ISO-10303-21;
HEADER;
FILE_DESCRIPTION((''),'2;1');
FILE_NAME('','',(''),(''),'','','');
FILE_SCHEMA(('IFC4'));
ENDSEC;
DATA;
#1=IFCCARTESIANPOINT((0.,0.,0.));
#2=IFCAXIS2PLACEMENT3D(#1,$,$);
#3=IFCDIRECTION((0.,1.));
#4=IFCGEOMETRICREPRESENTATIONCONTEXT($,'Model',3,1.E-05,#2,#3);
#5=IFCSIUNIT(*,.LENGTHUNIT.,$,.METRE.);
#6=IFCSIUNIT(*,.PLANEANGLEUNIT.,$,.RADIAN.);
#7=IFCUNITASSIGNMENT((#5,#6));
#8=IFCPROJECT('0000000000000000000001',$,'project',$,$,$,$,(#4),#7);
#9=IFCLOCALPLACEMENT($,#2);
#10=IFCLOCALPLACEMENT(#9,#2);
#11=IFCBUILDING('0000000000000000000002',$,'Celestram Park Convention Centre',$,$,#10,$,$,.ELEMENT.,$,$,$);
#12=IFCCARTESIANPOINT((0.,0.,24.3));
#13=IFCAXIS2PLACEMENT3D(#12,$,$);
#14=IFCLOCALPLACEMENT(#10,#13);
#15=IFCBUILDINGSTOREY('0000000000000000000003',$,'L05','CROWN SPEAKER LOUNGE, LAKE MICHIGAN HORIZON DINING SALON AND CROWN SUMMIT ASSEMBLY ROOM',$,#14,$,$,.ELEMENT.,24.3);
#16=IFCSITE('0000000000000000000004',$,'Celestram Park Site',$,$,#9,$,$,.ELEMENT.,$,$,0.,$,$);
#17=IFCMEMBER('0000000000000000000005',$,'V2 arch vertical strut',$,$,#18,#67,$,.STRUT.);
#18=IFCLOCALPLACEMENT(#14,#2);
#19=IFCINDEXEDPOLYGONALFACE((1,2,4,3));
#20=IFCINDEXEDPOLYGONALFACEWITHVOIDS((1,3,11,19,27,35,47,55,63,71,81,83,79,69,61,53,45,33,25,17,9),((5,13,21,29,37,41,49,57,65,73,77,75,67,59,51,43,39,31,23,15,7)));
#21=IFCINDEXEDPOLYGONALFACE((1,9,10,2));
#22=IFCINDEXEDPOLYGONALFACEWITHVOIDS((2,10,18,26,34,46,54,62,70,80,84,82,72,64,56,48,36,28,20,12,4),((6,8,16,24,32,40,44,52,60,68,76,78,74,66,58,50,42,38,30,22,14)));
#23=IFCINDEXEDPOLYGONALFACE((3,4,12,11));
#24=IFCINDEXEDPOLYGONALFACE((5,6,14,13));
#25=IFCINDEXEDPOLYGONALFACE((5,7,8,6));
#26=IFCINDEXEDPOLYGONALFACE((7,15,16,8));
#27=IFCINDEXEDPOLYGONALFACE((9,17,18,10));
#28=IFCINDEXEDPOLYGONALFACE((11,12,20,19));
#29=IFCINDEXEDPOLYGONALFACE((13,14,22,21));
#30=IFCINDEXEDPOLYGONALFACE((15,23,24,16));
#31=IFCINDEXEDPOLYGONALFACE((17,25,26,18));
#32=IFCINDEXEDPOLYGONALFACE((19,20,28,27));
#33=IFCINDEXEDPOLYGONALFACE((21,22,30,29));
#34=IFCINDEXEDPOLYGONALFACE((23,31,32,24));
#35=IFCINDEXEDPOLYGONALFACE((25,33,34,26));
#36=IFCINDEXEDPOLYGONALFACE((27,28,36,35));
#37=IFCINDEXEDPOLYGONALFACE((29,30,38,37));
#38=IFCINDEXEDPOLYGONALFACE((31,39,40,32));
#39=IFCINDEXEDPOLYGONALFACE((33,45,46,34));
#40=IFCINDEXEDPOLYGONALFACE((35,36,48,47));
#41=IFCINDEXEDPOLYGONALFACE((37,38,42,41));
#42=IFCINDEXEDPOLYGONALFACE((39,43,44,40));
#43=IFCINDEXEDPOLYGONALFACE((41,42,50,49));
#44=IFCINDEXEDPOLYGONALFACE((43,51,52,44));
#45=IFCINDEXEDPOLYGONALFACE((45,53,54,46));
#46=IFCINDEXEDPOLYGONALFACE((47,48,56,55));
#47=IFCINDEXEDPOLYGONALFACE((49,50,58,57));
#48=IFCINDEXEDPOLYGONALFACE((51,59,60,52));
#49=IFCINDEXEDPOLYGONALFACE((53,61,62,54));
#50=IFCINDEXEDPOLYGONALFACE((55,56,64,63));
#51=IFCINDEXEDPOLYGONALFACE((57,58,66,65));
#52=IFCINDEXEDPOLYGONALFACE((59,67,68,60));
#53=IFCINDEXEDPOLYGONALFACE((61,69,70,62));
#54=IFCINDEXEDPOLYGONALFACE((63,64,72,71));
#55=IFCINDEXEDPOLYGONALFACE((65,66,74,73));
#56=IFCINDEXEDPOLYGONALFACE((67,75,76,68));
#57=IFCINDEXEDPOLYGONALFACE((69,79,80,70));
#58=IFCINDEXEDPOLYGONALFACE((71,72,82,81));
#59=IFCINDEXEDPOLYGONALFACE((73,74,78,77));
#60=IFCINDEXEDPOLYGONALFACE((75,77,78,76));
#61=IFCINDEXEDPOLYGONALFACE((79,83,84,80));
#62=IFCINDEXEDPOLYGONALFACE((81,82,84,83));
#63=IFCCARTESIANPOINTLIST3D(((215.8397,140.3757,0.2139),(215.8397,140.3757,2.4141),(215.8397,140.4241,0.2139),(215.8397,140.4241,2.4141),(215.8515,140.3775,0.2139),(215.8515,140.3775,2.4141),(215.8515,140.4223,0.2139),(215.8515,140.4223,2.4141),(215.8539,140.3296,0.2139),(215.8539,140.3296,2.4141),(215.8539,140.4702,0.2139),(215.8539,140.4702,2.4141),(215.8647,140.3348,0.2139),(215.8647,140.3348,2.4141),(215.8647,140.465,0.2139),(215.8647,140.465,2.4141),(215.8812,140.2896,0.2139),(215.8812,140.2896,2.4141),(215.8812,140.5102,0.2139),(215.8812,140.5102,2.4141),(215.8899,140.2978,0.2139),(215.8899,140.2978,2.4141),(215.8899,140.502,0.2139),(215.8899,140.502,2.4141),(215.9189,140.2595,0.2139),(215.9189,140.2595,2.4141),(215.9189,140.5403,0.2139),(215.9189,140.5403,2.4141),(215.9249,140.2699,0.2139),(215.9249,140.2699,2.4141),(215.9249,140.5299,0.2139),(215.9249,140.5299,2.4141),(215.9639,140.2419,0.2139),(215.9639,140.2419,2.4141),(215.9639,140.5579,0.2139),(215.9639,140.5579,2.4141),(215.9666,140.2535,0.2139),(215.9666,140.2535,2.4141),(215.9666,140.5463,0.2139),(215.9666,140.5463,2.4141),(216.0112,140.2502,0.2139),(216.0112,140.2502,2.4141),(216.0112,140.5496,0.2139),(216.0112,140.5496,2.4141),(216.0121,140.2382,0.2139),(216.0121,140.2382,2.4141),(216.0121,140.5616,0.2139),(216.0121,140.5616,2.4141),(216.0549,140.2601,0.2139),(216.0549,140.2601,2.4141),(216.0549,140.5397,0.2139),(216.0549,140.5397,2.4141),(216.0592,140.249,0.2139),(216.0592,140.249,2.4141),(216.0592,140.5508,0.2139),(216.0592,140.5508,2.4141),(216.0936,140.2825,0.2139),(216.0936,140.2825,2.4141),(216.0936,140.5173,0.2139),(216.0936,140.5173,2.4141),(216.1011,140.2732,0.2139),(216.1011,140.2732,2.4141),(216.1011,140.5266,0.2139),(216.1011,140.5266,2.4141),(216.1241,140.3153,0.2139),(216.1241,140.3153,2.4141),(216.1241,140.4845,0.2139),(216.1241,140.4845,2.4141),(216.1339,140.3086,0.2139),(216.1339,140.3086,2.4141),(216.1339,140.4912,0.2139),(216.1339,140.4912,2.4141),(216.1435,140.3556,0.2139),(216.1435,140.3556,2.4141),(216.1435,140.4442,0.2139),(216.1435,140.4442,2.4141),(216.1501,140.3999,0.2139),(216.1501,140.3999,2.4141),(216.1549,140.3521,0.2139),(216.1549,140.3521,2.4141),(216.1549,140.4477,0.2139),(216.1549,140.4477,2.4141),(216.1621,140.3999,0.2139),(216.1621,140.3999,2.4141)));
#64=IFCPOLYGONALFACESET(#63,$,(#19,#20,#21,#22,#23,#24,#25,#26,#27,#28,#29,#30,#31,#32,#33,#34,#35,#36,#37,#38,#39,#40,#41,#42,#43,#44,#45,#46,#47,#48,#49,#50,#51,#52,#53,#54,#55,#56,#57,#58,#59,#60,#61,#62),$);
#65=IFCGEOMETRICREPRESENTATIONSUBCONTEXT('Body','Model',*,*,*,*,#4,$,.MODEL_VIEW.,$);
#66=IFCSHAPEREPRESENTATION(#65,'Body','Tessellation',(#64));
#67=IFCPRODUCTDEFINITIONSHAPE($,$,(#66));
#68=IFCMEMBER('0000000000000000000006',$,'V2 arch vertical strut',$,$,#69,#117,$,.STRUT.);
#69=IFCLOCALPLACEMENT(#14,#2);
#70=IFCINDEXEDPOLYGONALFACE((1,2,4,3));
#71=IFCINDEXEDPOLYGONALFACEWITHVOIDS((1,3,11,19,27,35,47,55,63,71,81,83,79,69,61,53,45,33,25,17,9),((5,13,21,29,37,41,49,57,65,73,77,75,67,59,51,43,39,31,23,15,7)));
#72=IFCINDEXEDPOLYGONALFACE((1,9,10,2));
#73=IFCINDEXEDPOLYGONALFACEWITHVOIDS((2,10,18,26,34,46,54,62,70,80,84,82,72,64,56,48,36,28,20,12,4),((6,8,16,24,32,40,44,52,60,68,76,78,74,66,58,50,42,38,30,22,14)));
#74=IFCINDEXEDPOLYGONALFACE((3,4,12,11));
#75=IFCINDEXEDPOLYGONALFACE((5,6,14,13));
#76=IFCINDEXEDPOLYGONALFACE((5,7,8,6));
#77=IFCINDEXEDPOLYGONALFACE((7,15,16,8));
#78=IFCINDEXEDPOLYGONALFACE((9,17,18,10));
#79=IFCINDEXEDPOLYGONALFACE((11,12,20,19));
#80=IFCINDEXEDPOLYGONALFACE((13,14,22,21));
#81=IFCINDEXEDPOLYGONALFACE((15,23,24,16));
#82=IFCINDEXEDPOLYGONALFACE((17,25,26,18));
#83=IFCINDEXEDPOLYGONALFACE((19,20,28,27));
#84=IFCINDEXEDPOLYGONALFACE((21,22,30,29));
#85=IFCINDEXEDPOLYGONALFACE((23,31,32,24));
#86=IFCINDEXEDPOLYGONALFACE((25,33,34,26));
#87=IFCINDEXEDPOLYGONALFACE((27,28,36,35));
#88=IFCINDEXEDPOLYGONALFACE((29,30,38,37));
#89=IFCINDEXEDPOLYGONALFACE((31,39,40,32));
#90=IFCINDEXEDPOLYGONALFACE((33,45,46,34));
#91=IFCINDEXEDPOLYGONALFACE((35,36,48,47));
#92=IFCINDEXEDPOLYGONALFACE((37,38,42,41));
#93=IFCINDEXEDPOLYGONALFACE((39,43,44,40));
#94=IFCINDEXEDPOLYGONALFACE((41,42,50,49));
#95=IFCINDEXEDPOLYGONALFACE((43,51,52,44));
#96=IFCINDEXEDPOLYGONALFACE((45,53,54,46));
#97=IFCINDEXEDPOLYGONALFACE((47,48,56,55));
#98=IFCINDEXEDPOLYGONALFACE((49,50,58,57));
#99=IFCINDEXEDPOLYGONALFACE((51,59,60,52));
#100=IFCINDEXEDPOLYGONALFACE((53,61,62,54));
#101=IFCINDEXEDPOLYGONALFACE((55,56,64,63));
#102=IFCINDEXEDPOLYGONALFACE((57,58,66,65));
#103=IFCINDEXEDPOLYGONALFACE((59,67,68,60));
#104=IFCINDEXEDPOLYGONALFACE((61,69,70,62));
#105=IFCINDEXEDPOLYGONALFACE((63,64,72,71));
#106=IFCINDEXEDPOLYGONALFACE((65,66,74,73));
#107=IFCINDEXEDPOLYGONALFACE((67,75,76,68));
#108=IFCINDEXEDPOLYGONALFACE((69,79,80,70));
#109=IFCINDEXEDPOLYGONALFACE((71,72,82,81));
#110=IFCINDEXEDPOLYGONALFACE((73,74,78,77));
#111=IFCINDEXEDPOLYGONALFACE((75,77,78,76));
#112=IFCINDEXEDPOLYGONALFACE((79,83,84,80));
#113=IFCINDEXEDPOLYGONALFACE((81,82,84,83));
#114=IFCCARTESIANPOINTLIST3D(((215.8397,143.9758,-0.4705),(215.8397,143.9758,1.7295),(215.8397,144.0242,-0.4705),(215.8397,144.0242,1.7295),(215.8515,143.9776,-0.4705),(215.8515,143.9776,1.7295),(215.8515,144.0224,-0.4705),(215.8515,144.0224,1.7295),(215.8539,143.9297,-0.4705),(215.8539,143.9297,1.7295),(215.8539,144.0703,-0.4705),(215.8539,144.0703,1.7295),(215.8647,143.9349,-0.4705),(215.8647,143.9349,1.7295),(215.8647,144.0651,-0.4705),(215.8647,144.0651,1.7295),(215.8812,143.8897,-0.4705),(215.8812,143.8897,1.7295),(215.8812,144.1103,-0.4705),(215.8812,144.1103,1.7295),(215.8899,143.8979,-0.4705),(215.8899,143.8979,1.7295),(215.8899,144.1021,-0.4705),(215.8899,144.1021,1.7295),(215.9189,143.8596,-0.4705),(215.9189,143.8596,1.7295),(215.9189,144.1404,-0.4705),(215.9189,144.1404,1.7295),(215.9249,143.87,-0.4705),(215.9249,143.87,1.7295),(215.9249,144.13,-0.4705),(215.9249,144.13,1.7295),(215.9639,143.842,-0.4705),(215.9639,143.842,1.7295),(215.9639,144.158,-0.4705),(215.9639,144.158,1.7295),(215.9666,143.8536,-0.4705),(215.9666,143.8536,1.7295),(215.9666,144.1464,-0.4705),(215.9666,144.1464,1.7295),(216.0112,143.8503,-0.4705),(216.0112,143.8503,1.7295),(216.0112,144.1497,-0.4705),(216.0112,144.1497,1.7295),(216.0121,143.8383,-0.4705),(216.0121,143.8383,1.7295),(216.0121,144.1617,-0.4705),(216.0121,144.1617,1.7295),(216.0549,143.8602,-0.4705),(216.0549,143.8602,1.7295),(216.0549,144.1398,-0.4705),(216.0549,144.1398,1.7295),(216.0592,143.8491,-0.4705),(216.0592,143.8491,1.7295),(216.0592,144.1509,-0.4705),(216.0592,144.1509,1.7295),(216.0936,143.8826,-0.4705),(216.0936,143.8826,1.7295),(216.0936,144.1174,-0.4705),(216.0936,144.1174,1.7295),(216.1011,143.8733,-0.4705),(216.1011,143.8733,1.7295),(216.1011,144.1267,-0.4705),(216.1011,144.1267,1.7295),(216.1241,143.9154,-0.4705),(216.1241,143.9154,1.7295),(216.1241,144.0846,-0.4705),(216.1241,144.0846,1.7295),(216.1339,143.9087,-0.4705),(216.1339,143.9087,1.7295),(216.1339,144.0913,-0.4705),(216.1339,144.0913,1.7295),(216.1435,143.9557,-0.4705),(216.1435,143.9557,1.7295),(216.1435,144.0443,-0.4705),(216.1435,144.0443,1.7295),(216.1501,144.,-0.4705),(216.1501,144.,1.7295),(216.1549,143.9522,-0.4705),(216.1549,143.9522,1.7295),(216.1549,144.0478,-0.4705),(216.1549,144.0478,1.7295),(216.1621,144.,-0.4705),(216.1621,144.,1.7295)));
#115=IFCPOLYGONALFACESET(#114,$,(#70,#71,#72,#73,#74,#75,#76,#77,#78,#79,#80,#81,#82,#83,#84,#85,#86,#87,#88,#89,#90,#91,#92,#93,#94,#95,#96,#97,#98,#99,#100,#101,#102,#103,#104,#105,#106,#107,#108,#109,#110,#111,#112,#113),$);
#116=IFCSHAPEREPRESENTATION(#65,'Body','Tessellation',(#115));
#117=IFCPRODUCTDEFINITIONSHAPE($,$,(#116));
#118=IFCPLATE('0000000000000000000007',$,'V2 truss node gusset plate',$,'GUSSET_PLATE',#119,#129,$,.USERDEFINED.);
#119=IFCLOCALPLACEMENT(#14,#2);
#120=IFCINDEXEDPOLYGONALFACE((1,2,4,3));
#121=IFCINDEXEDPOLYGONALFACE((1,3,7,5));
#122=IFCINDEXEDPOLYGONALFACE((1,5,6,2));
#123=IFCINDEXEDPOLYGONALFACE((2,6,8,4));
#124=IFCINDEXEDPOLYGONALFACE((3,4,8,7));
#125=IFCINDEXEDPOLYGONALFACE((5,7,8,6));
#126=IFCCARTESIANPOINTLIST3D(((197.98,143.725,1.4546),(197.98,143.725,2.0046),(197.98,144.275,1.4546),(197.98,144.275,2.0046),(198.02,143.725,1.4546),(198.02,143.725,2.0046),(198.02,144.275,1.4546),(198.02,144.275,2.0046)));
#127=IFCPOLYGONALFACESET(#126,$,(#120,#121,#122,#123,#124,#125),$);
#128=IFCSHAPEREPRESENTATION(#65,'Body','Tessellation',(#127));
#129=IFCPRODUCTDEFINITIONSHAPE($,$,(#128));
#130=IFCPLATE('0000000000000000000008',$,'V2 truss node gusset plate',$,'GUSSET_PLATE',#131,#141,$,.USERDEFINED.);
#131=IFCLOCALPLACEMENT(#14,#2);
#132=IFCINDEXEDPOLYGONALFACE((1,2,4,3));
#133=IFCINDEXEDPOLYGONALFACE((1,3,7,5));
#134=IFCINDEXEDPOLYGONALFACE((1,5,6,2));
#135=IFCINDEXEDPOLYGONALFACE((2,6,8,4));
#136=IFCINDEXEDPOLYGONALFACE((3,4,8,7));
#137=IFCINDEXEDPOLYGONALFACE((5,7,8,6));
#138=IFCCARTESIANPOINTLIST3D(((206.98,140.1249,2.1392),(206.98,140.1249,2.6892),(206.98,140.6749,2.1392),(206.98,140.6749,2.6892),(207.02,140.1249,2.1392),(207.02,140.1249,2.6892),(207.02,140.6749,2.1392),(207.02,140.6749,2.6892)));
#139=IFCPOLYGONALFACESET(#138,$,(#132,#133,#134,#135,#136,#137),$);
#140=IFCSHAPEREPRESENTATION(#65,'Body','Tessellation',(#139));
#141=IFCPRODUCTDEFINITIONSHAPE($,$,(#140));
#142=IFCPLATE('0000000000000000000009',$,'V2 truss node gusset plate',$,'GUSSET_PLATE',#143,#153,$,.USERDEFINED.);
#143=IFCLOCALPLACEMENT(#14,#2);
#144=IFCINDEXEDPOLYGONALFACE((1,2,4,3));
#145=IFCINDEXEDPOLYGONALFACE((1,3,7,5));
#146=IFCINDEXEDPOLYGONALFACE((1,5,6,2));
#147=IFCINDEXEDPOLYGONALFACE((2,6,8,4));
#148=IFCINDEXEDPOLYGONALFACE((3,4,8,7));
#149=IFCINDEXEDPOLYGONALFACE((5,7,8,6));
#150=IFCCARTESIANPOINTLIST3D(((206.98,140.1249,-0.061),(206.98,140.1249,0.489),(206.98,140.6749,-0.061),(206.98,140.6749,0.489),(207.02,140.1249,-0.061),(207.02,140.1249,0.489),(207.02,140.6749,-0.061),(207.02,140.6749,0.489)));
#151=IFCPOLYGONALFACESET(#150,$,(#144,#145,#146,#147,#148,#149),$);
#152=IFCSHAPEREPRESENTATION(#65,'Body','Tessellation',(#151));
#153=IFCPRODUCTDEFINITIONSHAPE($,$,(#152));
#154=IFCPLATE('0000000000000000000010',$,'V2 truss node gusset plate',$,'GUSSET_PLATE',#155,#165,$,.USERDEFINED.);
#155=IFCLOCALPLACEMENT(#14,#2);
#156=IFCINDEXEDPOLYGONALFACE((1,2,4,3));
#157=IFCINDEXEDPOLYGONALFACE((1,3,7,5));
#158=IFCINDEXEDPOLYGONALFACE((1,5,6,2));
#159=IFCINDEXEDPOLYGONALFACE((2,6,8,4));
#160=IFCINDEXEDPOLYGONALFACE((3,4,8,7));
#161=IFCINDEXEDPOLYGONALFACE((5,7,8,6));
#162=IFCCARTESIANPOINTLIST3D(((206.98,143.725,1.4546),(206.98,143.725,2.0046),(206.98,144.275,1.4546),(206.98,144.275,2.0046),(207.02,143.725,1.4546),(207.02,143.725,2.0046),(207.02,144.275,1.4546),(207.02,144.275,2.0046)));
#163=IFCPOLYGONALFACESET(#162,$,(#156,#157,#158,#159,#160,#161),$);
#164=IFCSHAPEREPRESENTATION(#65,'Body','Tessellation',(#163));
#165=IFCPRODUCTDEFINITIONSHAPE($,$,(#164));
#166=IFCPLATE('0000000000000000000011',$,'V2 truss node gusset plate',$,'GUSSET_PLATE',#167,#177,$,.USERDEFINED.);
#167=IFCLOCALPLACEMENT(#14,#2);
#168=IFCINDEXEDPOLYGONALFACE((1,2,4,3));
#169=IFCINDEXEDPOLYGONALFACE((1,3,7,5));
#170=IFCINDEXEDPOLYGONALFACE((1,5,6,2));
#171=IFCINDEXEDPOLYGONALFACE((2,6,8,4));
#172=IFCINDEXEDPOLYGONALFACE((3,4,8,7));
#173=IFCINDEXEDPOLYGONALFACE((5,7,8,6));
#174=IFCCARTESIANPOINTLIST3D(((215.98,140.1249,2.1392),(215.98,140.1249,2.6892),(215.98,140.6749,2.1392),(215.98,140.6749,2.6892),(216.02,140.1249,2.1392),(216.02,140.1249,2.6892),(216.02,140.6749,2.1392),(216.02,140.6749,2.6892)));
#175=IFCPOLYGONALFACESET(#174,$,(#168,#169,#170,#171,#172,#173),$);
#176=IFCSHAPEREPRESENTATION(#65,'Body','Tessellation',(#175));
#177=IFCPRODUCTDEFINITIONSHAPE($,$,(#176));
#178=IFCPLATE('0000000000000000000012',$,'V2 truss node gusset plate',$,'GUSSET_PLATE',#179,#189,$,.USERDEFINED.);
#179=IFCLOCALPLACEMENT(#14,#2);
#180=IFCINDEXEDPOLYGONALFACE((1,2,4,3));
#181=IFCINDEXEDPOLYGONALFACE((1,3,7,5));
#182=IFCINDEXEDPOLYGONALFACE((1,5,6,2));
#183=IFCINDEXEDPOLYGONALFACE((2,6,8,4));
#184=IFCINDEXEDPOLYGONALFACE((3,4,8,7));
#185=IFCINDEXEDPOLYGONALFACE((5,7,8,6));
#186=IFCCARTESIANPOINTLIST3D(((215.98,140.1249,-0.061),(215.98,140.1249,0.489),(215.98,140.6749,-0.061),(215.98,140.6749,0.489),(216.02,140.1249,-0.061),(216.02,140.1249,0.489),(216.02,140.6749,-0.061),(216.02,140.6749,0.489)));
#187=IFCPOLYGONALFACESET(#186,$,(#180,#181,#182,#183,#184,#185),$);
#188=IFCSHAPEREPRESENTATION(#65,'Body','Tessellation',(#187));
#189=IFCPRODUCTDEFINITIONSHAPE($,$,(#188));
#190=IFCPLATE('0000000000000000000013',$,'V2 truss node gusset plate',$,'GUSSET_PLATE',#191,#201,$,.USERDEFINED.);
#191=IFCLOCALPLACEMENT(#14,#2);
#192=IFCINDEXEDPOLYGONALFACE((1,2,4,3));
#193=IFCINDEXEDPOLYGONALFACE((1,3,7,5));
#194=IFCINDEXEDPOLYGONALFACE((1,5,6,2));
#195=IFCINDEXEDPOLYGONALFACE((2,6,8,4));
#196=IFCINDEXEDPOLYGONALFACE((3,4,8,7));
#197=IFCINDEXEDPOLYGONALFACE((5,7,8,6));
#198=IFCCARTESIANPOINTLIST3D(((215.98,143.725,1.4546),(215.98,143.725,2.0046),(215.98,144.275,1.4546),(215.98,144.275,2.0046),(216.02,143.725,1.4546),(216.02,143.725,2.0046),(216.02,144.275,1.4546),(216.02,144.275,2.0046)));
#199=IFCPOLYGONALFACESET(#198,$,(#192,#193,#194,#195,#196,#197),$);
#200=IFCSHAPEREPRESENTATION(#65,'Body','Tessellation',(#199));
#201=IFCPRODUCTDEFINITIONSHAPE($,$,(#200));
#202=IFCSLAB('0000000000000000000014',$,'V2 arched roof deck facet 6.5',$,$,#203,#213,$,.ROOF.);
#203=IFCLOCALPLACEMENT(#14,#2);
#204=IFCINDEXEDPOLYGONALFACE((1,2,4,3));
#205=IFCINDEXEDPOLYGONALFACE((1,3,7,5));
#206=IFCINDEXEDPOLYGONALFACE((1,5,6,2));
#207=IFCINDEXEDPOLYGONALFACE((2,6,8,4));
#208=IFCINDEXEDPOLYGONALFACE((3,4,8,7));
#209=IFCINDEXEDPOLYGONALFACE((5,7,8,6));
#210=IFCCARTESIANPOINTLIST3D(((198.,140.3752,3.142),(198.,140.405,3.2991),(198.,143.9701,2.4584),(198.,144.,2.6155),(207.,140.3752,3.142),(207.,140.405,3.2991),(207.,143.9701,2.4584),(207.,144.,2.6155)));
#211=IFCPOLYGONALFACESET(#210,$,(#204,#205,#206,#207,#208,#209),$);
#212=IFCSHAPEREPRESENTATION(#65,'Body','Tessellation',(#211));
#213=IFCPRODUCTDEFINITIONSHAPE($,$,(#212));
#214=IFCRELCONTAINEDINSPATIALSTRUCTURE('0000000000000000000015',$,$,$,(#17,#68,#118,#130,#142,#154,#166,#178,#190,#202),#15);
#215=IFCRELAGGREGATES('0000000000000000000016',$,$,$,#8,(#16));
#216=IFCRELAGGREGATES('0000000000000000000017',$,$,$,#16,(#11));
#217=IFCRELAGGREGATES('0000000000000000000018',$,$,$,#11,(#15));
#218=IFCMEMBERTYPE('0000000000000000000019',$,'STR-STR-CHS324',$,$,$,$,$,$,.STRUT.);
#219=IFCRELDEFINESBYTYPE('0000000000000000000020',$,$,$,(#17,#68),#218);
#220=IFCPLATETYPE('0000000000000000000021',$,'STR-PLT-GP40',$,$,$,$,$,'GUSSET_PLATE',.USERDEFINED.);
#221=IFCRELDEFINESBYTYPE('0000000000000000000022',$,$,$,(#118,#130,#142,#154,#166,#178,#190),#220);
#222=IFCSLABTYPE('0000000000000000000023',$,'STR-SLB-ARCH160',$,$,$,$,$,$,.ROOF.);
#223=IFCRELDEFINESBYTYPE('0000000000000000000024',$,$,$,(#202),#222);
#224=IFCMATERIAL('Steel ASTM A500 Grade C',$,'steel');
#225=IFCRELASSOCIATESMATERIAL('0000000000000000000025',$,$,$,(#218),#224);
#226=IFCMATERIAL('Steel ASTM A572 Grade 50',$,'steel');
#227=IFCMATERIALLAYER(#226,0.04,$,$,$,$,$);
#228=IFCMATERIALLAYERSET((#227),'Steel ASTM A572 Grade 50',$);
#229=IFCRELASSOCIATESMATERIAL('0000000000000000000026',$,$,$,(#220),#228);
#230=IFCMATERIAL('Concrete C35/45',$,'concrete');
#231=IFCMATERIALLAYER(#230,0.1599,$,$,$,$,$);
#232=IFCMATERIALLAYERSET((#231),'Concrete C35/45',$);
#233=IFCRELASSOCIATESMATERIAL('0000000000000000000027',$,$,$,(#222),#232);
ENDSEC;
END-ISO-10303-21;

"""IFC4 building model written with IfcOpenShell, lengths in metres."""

from ifc_helpers import new_model, si_unit, direction, frame, origin, origin_2d, place, context, subcontext, project, spatial, polyline, rectangle, hollow_circle, outline, extrude, material, layer, layer_set, material_profile, profile_set, type_object, element, save


model = new_model("IFC4")

# Units and contexts
model_context = context("Model", 3, precision=1e-05, world=origin(), true_north=direction((0.0, 1.0)))
body_context = subcontext(model_context, "Body", "Model", "MODEL_VIEW")
ifc_project = project(units=[si_unit("LENGTHUNIT", "METRE"), si_unit("PLANEANGLEUNIT", "RADIAN")], contexts=[model_context])

# Site, building, storey
site_placement = place(None, origin())
site = spatial("IfcSite", under=ifc_project, at=site_placement, Name="Celestram Park Site", CompositionType="ELEMENT", RefElevation=0.0)
building_placement = place(site_placement, origin())
building = spatial("IfcBuilding", under=site, at=building_placement, Name="Celestram Park Convention Centre", CompositionType="ELEMENT")
storey_placement = place(building_placement, frame((0.0, 0.0, 24.3)))
storey = spatial("IfcBuildingStorey", under=building, at=storey_placement, Name="L05", Description="CROWN SPEAKER LOUNGE, LAKE MICHIGAN HORIZON DINING SALON AND CROWN SUMMIT ASSEMBLY ROOM", CompositionType="ELEMENT", Elevation=24.3)

# Members
ifc_material_1 = material(Name="Steel ASTM A500 Grade C", Category="steel")
ifc_material_profile_1 = material_profile(ifc_material_1, hollow_circle(Radius=0.1621, WallThickness=0.012, at=origin_2d()), Name="CHS324X12")
ifc_profile_set_1 = profile_set([ifc_material_profile_1], Name="Steel ASTM A500 Grade C")
member_type_1 = type_object("IfcMemberType", Name="STR-STR-CHS324", PredefinedType="STRUT", material=ifc_profile_set_1)
member_1_placement = place(storey_placement, frame((216.0, 140.3999, 0.2139), z_axis=(0.0, 0.0, 1.0), x_axis=(1.0, 0.0, 0.0)))
element("IfcMember", 1, at=member_1_placement, inside=storey, type_object=member_type_1, Name="V2 arch vertical strut", PredefinedType="STRUT", context=body_context, shape_type="SweptSolid", body=[
    extrude(hollow_circle(Radius=0.1621, WallThickness=0.012, at=origin_2d()), origin(), (0.0, 0.0, 1.0), 2.2002),
])
member_2_placement = place(storey_placement, frame((216.0, 144.0, -0.4705), z_axis=(0.0, 0.0, 1.0), x_axis=(1.0, 0.0, 0.0)))
element("IfcMember", 2, at=member_2_placement, inside=storey, type_object=member_type_1, Name="V2 arch vertical strut", PredefinedType="STRUT", context=body_context, shape_type="SweptSolid", body=[
    extrude(hollow_circle(Radius=0.1621, WallThickness=0.012, at=origin_2d()), origin(), (0.0, 0.0, 1.0), 2.2),
])

# Plates
ifc_material_2 = material(Name="Steel ASTM A572 Grade 50", Category="steel")
ifc_layer_1 = layer(ifc_material_2, 0.04)
ifc_layer_set_1 = layer_set([ifc_layer_1], Name="Steel ASTM A572 Grade 50")
plate_type = type_object("IfcPlateType", Name="STR-PLT-GP40", ElementType="GUSSET_PLATE", PredefinedType="USERDEFINED", material=ifc_layer_set_1)
for number, where, z_axis, x_axis, name in (
    (3, (198.0, 144.0, 1.4546), (0.0, 0.0, 1.0), (0.0, 1.0, 0.0), "V2 truss node gusset plate"),
    (4, (207.0, 140.3999, 2.1392), (0.0, 0.0, 1.0), (0.0, 1.0, 0.0), "V2 truss node gusset plate"),
    (5, (207.0, 140.3999, -0.061), (0.0, 0.0, 1.0), (0.0, 1.0, 0.0), "V2 truss node gusset plate"),
    (6, (207.0, 144.0, 1.4546), (0.0, 0.0, 1.0), (0.0, 1.0, 0.0), "V2 truss node gusset plate"),
    (7, (216.0, 140.3999, 2.1392), (0.0, 0.0, 1.0), (0.0, 1.0, 0.0), "V2 truss node gusset plate"),
    (8, (216.0, 140.3999, -0.061), (0.0, 0.0, 1.0), (0.0, 1.0, 0.0), "V2 truss node gusset plate"),
    (9, (216.0, 144.0, 1.4546), (0.0, 0.0, 1.0), (0.0, 1.0, 0.0), "V2 truss node gusset plate"),
):
    element("IfcPlate", number, at=place(storey_placement, frame(where, z_axis=z_axis, x_axis=x_axis)), inside=storey, type_object=plate_type, Name=name, ObjectType="GUSSET_PLATE", PredefinedType="USERDEFINED", context=body_context, shape_type="SweptSolid", body=[
        extrude(rectangle(XDim=0.55, YDim=0.04, at=origin_2d()), origin(), (0.0, 0.0, 1.0), 0.55),
    ])

# Slab
ifc_material_3 = material(Name="Concrete C35/45", Category="concrete")
ifc_layer_2 = layer(ifc_material_3, 0.1599)
ifc_layer_set_2 = layer_set([ifc_layer_2], Name="Concrete C35/45")
slab_type = type_object("IfcSlabType", Name="STR-SLB-ARCH160", PredefinedType="ROOF", material=ifc_layer_set_2)
slab_1_placement = place(storey_placement, frame((198.0, 140.405, 3.2991), z_axis=(0.0, 0.186806, 0.982397), x_axis=(1.0, 0.0, 0.0)))
element("IfcSlab", 10, at=slab_1_placement, inside=storey, type_object=slab_type, Name="V2 arched roof deck facet 6.5", PredefinedType="ROOF", context=body_context, shape_type="SweptSolid", body=[
    extrude(outline(polyline([(0.0, 0.0), (9.0, 0.0), (9.0, 3.6594), (0.0, 3.6594), (0.0, 0.0)])), origin(), (0.0, 0.0, -1.0), 0.1599),
])

save(model, "model.ifc")
